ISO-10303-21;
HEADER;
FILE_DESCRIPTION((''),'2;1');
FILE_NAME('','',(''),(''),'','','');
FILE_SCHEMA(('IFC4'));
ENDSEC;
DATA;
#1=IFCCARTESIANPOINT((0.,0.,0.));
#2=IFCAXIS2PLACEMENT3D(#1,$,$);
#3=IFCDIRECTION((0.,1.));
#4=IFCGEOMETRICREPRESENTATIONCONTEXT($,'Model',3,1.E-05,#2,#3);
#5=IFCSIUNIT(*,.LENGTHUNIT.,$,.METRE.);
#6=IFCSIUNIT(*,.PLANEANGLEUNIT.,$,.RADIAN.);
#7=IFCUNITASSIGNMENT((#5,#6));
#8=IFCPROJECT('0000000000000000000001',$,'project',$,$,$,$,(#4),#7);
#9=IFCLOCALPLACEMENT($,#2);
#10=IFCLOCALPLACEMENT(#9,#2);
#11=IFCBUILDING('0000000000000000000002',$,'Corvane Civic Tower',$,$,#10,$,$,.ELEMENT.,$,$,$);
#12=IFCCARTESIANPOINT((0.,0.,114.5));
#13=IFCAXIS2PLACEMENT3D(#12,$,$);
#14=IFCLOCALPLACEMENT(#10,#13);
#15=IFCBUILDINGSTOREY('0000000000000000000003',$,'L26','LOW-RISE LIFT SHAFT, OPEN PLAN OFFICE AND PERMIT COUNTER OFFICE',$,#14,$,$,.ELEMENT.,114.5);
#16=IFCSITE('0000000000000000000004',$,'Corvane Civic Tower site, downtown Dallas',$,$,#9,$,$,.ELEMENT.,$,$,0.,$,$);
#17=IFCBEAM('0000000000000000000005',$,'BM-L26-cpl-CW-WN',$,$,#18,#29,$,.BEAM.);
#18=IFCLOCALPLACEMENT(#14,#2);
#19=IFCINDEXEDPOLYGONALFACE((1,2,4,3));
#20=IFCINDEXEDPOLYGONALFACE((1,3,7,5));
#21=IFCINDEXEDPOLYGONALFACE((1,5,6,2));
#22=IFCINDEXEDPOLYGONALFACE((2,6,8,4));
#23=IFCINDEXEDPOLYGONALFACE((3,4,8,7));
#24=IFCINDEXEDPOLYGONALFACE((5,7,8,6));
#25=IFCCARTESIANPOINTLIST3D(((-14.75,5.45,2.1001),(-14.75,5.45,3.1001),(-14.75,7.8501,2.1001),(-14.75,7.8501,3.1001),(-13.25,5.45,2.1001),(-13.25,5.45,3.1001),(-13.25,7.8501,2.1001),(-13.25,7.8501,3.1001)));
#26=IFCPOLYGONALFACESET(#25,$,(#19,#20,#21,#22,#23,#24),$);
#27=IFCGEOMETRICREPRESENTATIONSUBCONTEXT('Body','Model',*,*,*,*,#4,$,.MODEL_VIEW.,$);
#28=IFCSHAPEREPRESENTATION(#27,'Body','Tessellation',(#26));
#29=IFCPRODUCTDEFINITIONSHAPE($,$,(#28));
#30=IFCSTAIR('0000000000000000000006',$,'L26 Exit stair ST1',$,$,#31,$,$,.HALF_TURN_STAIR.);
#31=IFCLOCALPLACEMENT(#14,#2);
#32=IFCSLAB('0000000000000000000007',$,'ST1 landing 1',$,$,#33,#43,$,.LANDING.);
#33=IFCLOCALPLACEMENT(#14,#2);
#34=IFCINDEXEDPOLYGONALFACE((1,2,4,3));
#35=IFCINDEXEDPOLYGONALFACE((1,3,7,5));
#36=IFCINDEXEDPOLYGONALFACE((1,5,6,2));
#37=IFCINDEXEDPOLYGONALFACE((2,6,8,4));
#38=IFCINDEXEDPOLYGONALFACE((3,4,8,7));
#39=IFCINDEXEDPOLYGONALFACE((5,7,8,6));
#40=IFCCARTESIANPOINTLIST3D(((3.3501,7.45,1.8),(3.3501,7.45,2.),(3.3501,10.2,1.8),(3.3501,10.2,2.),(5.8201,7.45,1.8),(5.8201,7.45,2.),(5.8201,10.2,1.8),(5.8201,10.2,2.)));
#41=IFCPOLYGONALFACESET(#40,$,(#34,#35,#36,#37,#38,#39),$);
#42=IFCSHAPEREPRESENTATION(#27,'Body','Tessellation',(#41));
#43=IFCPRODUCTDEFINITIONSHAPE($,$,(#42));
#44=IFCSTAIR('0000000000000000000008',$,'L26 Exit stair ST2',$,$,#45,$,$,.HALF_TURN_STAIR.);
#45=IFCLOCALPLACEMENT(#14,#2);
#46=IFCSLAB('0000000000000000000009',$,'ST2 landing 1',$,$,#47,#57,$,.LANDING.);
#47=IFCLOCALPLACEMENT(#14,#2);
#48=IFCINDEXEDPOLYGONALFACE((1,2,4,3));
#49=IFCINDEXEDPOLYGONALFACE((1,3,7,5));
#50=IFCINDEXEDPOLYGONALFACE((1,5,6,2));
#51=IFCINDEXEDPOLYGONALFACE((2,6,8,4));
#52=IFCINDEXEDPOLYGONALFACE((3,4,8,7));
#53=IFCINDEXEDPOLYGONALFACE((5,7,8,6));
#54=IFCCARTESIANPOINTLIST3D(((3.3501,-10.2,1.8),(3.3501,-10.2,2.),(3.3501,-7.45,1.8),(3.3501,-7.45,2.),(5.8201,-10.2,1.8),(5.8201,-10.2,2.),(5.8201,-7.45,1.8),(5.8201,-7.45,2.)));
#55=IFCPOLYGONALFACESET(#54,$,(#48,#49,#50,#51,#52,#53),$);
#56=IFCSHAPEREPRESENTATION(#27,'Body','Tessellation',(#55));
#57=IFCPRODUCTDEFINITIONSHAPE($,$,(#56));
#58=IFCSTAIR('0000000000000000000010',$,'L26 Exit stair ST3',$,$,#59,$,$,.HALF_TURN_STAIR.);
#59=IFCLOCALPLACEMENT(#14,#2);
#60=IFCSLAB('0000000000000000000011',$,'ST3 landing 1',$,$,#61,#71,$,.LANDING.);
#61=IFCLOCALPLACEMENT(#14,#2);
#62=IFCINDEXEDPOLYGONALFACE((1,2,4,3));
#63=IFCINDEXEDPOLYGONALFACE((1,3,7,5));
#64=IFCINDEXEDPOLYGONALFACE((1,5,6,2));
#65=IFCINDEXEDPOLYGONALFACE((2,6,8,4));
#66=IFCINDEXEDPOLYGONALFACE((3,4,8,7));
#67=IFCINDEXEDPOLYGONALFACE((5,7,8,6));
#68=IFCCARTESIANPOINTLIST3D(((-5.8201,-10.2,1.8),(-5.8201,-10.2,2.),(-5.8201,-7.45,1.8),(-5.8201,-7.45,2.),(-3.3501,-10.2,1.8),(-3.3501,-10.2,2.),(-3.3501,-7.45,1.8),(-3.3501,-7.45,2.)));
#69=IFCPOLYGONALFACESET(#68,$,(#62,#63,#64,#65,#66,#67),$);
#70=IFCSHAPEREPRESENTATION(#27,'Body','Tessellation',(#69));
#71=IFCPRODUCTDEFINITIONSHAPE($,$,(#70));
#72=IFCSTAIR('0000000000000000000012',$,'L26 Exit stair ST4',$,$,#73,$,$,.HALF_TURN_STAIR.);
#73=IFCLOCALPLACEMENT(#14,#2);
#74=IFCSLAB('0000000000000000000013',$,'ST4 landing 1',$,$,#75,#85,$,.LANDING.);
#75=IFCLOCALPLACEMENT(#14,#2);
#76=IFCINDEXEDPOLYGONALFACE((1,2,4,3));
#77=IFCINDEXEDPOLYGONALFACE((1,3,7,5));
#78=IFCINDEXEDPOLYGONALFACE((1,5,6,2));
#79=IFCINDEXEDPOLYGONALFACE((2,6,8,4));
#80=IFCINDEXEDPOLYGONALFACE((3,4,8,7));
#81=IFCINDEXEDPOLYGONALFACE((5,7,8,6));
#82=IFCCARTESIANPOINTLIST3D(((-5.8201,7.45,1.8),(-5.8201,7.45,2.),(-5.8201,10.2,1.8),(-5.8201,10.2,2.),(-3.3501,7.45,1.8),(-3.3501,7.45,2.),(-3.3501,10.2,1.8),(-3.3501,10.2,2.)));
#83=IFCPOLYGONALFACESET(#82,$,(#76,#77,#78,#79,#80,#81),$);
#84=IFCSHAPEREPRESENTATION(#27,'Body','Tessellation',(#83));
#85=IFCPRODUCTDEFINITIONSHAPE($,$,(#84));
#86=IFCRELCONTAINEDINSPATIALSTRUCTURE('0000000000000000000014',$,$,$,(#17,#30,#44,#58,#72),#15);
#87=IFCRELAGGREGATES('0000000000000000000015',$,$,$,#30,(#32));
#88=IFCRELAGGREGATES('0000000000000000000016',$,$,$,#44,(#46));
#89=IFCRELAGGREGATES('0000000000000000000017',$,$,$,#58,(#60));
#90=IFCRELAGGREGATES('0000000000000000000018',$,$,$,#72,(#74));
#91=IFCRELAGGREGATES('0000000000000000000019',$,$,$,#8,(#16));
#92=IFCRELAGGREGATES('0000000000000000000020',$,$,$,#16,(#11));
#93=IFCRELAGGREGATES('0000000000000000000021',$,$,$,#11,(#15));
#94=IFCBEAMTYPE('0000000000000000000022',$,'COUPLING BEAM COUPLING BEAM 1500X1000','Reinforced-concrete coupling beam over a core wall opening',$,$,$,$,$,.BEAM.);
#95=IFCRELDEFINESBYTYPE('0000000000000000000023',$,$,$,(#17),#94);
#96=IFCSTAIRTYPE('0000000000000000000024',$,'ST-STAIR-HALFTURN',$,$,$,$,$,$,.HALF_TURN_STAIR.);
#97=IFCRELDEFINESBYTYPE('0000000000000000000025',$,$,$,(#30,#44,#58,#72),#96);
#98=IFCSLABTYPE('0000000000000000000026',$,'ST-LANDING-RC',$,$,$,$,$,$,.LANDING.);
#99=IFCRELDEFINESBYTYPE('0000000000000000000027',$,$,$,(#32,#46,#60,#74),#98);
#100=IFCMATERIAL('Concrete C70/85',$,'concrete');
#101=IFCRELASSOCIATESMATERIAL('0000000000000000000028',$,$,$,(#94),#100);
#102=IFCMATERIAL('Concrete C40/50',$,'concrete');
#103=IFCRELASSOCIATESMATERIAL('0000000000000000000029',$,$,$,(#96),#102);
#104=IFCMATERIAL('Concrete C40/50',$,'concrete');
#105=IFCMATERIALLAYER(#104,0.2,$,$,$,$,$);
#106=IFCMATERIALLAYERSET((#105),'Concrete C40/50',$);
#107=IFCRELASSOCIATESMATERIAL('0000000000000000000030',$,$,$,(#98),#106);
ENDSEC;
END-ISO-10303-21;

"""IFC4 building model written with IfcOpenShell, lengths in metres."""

from ifc_helpers import new_model, si_unit, direction, frame, origin, origin_2d, place, context, subcontext, project, spatial, polyline, rectangle, outline, extrude, material, layer, layer_set, material_profile, profile_set, type_object, element, aggregate, save


model = new_model("IFC4")

# Units and contexts
model_context = context("Model", 3, precision=1e-05, world=origin(), true_north=direction((0.0, 1.0)))
body_context = subcontext(model_context, "Body", "Model", "MODEL_VIEW")
ifc_project = project(units=[si_unit("LENGTHUNIT", "METRE"), si_unit("PLANEANGLEUNIT", "RADIAN")], contexts=[model_context])

# Site, building, storey
site_placement = place(None, origin())
site = spatial("IfcSite", under=ifc_project, at=site_placement, Name="Corvane Civic Tower site, downtown Dallas", CompositionType="ELEMENT", RefElevation=0.0)
building_placement = place(site_placement, origin())
building = spatial("IfcBuilding", under=site, at=building_placement, Name="Corvane Civic Tower", CompositionType="ELEMENT")
storey_placement = place(building_placement, frame((0.0, 0.0, 114.5)))
storey = spatial("IfcBuildingStorey", under=building, at=storey_placement, Name="L26", Description="LOW-RISE LIFT SHAFT, OPEN PLAN OFFICE AND PERMIT COUNTER OFFICE", CompositionType="ELEMENT", Elevation=114.5)

# Beam
ifc_material_1 = material(Name="Concrete C70/85", Category="concrete")
ifc_material_profile = material_profile(ifc_material_1, rectangle(XDim=1.5, YDim=1.0, at=origin_2d()), Name="COUPLING BEAM 1500X1000")
ifc_profile_set = profile_set([ifc_material_profile], Name="Concrete C70/85")
beam_type = type_object("IfcBeamType", Name="COUPLING BEAM COUPLING BEAM 1500X1000", Description="Reinforced-concrete coupling beam over a core wall opening", PredefinedType="BEAM", material=ifc_profile_set)
beam_placement = place(storey_placement, frame((-14.0, 5.45, 2.6001), z_axis=(0.0, 1.0, 0.0), x_axis=(-1.0, 0.0, 0.0)))
element("IfcBeam", 1, at=beam_placement, inside=storey, type_object=beam_type, Name="BM-L26-cpl-CW-WN", PredefinedType="BEAM", context=body_context, shape_type="SweptSolid", body=[
    extrude(rectangle(XDim=1.5, YDim=1.0, at=origin_2d()), origin(), (0.0, 0.0, 1.0), 2.4001),
])

# Stairs, slabs
ifc_material_2 = material(Name="Concrete C40/50", Category="concrete")
stair_type = type_object("IfcStairType", Name="ST-STAIR-HALFTURN", PredefinedType="HALF_TURN_STAIR", material=ifc_material_2)
stair_1_placement = place(storey_placement, origin())
stair_1 = element("IfcStair", 2, at=stair_1_placement, inside=storey, type_object=stair_type, Name="L26 Exit stair ST1", PredefinedType="HALF_TURN_STAIR")
ifc_material_3 = material(Name="Concrete C40/50", Category="concrete")
ifc_layer_1 = layer(ifc_material_3, 0.2)
ifc_layer_set_1 = layer_set([ifc_layer_1], Name="Concrete C40/50")
slab_type = type_object("IfcSlabType", Name="ST-LANDING-RC", PredefinedType="LANDING", material=ifc_layer_set_1)
slab_1_placement = place(storey_placement, frame((0.0, 0.0, 1.8)))
slab_1 = element("IfcSlab", 3, at=slab_1_placement, type_object=slab_type, Name="ST1 landing 1", PredefinedType="LANDING", context=body_context, shape_type="SweptSolid", body=[
    extrude(outline(polyline([(5.8201, 10.2), (3.3501, 10.2), (3.3501, 7.45), (5.8201, 7.45), (5.8201, 10.2)])), origin(), (0.0, 0.0, 1.0), 0.2),
])
aggregate(stair_1, [slab_1])
stair_2_placement = place(storey_placement, origin())
stair_2 = element("IfcStair", 4, at=stair_2_placement, inside=storey, type_object=stair_type, Name="L26 Exit stair ST2", PredefinedType="HALF_TURN_STAIR")
slab_2_placement = place(storey_placement, frame((0.0, 0.0, 1.8)))
slab_2 = element("IfcSlab", 5, at=slab_2_placement, type_object=slab_type, Name="ST2 landing 1", PredefinedType="LANDING", context=body_context, shape_type="SweptSolid", body=[
    extrude(outline(polyline([(5.8201, -7.45), (3.3501, -7.45), (3.3501, -10.2), (5.8201, -10.2), (5.8201, -7.45)])), origin(), (0.0, 0.0, 1.0), 0.2),
])
aggregate(stair_2, [slab_2])
stair_3_placement = place(storey_placement, origin())
stair_3 = element("IfcStair", 6, at=stair_3_placement, inside=storey, type_object=stair_type, Name="L26 Exit stair ST3", PredefinedType="HALF_TURN_STAIR")
slab_3_placement = place(storey_placement, frame((0.0, 0.0, 1.8)))
slab_3 = element("IfcSlab", 7, at=slab_3_placement, type_object=slab_type, Name="ST3 landing 1", PredefinedType="LANDING", context=body_context, shape_type="SweptSolid", body=[
    extrude(outline(polyline([(-5.8201, -10.2), (-3.3501, -10.2), (-3.3501, -7.45), (-5.8201, -7.45), (-5.8201, -10.2)])), origin(), (0.0, 0.0, 1.0), 0.2),
])
aggregate(stair_3, [slab_3])
stair_4_placement = place(storey_placement, origin())
stair_4 = element("IfcStair", 8, at=stair_4_placement, inside=storey, type_object=stair_type, Name="L26 Exit stair ST4", PredefinedType="HALF_TURN_STAIR")
slab_4_placement = place(storey_placement, frame((0.0, 0.0, 1.8)))
slab_4 = element("IfcSlab", 9, at=slab_4_placement, type_object=slab_type, Name="ST4 landing 1", PredefinedType="LANDING", context=body_context, shape_type="SweptSolid", body=[
    extrude(outline(polyline([(-5.8201, 7.45), (-3.3501, 7.45), (-3.3501, 10.2), (-5.8201, 10.2), (-5.8201, 7.45)])), origin(), (0.0, 0.0, 1.0), 0.2),
])

aggregate(stair_4, [slab_4])

save(model, "model.ifc")
